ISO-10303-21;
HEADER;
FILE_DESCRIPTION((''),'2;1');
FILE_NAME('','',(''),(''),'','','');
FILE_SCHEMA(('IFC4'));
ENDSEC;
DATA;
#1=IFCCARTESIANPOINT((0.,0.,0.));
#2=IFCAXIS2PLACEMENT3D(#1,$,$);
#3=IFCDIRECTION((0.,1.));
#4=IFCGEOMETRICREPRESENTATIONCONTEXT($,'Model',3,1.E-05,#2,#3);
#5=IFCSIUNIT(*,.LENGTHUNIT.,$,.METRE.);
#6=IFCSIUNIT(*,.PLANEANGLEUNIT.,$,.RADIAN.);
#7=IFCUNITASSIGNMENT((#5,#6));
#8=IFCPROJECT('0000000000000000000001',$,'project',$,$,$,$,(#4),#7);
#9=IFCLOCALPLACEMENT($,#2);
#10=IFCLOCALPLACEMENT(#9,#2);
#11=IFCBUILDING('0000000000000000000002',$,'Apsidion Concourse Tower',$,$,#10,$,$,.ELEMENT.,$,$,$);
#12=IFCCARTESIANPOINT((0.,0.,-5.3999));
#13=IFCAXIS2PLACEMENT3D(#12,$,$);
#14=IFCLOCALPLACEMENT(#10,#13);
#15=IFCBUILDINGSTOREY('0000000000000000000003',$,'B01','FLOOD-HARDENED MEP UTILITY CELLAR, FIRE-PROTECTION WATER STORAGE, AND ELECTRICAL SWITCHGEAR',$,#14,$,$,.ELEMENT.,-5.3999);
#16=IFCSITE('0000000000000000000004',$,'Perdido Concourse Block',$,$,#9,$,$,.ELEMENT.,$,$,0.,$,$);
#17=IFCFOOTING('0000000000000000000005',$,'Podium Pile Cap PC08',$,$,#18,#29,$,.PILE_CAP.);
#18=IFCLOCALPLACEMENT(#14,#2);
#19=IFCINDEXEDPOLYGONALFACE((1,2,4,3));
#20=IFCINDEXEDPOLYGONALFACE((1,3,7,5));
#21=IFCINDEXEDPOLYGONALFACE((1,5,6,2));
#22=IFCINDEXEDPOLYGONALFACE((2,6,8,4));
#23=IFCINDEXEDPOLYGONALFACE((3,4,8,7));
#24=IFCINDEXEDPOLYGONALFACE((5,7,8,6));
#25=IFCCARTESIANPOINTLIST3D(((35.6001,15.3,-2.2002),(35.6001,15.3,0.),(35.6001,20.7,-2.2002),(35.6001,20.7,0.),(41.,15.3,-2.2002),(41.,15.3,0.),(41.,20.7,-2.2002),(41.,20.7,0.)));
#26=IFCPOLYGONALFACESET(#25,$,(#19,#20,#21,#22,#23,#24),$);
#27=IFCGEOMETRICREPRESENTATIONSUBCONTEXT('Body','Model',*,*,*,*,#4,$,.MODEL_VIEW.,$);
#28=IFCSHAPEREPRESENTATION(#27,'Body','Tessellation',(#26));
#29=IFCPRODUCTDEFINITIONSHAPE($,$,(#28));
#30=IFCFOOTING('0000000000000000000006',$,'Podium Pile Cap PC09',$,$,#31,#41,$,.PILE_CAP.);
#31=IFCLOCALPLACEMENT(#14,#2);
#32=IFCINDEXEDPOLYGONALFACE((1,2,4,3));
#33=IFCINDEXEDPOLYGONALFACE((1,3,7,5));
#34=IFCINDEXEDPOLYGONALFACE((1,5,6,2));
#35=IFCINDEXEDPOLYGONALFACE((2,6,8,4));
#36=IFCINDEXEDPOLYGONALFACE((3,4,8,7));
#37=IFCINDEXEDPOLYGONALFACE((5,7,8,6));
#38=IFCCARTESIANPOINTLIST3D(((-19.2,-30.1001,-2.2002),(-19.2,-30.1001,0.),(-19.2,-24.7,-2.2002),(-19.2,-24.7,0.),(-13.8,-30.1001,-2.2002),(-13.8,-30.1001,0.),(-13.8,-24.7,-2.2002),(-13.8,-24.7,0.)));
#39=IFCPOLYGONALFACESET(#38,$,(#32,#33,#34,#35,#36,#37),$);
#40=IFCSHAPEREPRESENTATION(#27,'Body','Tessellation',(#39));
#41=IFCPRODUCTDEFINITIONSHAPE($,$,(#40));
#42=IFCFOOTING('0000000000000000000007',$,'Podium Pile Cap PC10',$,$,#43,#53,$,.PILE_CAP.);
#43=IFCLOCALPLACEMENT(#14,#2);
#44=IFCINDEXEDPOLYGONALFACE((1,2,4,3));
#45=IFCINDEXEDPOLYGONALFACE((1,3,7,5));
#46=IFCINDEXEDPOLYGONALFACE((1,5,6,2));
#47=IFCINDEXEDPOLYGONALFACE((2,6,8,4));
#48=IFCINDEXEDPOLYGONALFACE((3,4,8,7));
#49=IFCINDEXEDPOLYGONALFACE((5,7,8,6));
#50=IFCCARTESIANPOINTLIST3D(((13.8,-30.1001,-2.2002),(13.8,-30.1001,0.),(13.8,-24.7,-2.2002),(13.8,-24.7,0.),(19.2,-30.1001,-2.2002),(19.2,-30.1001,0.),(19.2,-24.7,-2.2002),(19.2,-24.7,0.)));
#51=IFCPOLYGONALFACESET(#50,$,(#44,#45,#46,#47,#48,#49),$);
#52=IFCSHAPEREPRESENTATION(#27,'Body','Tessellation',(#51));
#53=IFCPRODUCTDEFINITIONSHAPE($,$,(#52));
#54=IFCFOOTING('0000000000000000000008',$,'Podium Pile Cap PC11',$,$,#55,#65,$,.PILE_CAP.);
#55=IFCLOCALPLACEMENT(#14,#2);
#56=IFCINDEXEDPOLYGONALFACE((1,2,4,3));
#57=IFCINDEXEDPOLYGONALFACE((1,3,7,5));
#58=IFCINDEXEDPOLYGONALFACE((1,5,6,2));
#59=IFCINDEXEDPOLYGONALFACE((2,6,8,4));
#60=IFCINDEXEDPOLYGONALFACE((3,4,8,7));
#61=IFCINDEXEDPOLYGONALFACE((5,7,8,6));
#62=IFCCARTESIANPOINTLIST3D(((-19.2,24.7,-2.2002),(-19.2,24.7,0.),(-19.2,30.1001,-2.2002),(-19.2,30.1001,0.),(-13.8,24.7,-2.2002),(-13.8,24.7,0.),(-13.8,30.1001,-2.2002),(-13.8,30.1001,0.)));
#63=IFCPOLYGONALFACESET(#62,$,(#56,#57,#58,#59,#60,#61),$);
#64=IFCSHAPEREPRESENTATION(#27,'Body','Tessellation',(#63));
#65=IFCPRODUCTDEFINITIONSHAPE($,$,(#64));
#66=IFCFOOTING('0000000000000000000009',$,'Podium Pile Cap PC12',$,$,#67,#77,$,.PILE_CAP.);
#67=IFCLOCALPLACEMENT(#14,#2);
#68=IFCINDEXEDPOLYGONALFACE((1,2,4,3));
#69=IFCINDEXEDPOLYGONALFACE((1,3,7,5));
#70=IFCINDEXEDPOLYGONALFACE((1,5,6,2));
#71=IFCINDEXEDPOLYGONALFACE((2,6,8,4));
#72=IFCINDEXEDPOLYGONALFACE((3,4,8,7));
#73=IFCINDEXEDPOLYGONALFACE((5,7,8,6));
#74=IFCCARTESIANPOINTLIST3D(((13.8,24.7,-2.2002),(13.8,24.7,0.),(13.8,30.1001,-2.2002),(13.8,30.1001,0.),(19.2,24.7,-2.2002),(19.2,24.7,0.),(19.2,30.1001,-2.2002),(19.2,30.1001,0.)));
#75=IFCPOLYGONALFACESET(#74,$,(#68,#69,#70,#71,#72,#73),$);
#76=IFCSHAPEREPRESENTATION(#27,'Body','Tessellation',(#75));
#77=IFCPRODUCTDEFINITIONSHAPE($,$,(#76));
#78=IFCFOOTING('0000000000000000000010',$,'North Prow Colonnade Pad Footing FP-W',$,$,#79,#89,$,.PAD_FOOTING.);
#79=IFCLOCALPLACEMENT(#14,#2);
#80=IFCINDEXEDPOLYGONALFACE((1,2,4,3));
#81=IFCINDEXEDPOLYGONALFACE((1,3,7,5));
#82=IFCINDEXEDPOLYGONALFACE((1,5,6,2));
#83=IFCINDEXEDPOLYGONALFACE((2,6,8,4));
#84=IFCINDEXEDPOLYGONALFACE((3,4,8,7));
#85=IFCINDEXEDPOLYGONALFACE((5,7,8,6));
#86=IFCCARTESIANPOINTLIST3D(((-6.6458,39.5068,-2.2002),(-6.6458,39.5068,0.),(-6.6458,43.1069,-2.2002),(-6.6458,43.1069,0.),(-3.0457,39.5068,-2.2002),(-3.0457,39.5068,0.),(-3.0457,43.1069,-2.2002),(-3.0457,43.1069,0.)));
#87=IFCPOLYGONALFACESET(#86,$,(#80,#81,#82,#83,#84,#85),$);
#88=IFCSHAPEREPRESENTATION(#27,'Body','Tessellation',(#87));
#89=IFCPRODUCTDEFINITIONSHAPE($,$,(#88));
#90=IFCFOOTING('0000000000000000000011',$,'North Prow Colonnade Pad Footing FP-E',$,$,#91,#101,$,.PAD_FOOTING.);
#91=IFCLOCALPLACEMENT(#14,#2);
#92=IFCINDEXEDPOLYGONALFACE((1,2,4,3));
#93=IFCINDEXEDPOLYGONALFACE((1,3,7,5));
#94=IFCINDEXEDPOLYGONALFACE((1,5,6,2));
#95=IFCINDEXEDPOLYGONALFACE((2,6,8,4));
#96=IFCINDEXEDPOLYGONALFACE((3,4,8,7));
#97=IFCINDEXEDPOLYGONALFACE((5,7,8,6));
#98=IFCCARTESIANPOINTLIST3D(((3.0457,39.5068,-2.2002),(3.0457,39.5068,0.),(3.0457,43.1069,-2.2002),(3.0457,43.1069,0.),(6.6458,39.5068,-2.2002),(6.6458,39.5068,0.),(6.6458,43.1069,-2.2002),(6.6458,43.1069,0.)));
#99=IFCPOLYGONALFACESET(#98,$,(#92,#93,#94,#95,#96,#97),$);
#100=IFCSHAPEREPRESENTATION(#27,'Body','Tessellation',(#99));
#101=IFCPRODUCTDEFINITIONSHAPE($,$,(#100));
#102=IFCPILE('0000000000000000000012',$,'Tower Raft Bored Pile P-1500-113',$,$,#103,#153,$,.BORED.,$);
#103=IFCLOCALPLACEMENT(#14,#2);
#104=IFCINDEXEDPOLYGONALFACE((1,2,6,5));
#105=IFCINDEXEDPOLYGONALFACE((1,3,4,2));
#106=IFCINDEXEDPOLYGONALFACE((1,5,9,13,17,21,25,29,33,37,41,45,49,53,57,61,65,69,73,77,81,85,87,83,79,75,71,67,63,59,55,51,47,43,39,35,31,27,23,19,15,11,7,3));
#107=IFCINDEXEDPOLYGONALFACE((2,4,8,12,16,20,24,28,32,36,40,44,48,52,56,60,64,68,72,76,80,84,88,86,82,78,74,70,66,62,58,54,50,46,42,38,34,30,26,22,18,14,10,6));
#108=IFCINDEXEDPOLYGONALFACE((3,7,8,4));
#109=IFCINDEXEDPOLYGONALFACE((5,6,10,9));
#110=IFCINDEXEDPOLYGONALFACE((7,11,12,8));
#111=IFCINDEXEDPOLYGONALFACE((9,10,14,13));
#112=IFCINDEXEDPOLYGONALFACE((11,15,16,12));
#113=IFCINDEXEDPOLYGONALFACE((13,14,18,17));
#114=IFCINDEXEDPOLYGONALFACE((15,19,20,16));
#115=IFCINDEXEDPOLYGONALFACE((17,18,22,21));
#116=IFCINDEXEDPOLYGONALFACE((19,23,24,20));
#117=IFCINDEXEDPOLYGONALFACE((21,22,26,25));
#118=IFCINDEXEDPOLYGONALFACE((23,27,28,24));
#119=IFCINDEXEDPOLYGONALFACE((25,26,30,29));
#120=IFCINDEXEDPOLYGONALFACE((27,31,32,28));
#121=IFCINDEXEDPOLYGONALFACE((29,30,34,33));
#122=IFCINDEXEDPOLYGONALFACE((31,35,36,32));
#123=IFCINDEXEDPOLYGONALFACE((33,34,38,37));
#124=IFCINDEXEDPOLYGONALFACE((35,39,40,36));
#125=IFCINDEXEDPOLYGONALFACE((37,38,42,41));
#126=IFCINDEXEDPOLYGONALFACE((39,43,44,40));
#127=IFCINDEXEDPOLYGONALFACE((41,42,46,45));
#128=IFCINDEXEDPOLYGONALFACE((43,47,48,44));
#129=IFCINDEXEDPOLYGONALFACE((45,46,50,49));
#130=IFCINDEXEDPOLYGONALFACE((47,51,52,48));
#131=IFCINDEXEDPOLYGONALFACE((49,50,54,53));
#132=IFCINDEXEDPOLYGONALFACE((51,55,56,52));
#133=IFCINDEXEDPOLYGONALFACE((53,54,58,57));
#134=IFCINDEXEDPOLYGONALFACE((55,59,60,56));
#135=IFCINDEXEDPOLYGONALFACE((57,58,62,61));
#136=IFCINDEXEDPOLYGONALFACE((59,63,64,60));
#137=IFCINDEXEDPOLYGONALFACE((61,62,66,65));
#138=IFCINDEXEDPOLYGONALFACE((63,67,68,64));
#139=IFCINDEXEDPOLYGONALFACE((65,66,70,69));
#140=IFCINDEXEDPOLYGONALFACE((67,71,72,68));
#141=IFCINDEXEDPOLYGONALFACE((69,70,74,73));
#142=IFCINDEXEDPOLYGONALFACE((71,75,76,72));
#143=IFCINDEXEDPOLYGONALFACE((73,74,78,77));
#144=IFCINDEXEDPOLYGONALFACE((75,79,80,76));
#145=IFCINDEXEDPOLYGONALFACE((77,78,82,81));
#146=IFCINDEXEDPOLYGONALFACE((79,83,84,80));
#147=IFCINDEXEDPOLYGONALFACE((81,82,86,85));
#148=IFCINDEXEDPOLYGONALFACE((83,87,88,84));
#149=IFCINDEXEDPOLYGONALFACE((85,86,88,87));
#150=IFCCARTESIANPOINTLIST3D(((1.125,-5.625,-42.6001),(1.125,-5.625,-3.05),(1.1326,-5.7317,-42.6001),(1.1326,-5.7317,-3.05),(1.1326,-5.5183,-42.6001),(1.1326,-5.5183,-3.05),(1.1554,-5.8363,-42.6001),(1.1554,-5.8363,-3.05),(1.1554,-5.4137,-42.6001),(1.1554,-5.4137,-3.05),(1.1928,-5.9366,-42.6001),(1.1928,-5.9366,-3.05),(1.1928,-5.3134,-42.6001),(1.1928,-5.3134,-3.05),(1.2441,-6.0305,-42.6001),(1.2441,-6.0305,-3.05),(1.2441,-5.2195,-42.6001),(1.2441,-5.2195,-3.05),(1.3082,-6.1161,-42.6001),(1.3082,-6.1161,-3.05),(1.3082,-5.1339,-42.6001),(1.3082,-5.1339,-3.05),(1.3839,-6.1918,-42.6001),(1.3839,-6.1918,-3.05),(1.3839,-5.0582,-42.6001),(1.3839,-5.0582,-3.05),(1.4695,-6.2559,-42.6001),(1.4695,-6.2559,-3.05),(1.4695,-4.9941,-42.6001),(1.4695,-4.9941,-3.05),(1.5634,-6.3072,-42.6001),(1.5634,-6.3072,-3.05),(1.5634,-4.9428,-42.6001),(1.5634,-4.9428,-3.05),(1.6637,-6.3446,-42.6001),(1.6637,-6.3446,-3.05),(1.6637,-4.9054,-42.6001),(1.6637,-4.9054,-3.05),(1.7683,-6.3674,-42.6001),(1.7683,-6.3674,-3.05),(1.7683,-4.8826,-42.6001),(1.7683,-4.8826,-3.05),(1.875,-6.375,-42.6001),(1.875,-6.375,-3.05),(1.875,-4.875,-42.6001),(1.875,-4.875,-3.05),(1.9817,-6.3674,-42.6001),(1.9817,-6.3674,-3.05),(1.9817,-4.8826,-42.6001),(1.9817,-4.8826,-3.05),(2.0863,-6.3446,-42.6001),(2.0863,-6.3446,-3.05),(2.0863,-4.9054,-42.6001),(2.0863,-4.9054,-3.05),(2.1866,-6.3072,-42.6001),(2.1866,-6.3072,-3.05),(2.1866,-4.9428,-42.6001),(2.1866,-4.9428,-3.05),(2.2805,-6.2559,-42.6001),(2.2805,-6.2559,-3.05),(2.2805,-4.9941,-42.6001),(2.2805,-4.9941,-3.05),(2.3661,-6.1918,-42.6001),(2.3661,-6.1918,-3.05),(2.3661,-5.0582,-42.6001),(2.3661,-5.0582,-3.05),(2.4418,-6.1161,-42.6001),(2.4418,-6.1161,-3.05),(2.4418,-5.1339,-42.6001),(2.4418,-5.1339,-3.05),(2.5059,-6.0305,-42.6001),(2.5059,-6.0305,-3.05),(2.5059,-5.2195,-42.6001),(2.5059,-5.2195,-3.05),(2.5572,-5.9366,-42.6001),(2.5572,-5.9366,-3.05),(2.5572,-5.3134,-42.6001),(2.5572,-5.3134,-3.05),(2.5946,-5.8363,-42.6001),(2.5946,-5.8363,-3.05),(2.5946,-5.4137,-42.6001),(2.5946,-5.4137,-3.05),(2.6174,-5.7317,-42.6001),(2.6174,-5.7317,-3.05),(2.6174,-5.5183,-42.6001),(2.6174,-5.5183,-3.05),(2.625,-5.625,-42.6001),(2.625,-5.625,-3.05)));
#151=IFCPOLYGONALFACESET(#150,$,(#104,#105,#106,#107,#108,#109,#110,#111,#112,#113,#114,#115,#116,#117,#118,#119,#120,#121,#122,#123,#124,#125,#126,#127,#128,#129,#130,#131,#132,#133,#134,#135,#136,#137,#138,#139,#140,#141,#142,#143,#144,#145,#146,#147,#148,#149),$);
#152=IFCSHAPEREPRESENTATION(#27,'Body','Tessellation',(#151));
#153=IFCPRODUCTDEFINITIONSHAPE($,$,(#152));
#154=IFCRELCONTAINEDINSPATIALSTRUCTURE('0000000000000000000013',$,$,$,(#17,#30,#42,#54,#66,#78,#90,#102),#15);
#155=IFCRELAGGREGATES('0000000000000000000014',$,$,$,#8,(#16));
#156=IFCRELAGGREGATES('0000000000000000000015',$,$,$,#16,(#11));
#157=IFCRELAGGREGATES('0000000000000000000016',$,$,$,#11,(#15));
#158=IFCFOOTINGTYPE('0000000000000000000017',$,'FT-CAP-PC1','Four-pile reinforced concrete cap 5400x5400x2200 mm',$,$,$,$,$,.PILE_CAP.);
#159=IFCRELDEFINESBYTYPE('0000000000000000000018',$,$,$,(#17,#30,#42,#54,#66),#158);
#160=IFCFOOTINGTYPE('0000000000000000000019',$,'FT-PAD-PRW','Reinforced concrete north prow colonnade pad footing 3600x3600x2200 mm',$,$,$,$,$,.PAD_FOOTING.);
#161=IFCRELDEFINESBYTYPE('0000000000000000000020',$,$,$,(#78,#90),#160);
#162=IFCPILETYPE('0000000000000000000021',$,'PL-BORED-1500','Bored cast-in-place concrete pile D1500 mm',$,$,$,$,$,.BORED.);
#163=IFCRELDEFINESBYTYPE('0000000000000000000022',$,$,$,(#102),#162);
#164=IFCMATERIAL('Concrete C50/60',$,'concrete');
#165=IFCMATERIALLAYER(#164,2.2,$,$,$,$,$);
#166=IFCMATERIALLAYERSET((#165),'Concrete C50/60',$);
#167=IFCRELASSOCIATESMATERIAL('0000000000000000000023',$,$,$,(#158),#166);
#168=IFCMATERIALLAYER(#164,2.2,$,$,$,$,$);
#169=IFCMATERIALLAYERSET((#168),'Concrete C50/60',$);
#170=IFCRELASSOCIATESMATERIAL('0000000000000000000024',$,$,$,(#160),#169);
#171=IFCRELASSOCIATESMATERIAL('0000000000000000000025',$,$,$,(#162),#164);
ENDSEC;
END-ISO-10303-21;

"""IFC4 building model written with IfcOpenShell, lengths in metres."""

from ifc_helpers import new_model, si_unit, direction, frame, origin, origin_2d, place, context, subcontext, project, spatial, polyline, circle, outline, extrude, material, layer, layer_set, material_profile, profile_set, type_object, element, save


model = new_model("IFC4")

# Units and contexts
model_context = context("Model", 3, precision=1e-05, world=origin(), true_north=direction((0.0, 1.0)))
body_context = subcontext(model_context, "Body", "Model", "MODEL_VIEW")
ifc_project = project(units=[si_unit("LENGTHUNIT", "METRE"), si_unit("PLANEANGLEUNIT", "RADIAN")], contexts=[model_context])

# Site, building, storey
site_placement = place(None, origin())
site = spatial("IfcSite", under=ifc_project, at=site_placement, Name="Perdido Concourse Block", CompositionType="ELEMENT", RefElevation=0.0)
building_placement = place(site_placement, origin())
building = spatial("IfcBuilding", under=site, at=building_placement, Name="Apsidion Concourse Tower", CompositionType="ELEMENT")
storey_placement = place(building_placement, frame((0.0, 0.0, -5.3999)))
storey = spatial("IfcBuildingStorey", under=building, at=storey_placement, Name="B01", Description="FLOOD-HARDENED MEP UTILITY CELLAR, FIRE-PROTECTION WATER STORAGE, AND ELECTRICAL SWITCHGEAR", CompositionType="ELEMENT", Elevation=-5.3999)

# Footings
ifc_material_1 = material(Name="Concrete C50/60", Category="concrete")
ifc_layer_1 = layer(ifc_material_1, 2.2)
ifc_layer_set_1 = layer_set([ifc_layer_1], Name="Concrete C50/60")
footing_type_1 = type_object("IfcFootingType", Name="FT-CAP-PC1", Description="Four-pile reinforced concrete cap 5400x5400x2200 mm", PredefinedType="PILE_CAP", material=ifc_layer_set_1)
footing_1_placement = place(storey_placement, frame((0.0, 0.0, -2.2002)))
element("IfcFooting", 1, at=footing_1_placement, inside=storey, type_object=footing_type_1, Name="Podium Pile Cap PC08", PredefinedType="PILE_CAP", context=body_context, shape_type="SweptSolid", body=[
    extrude(outline(polyline([(35.6001, 15.3), (41.0, 15.3), (41.0, 20.7), (35.6001, 20.7), (35.6001, 15.3)])), origin(), (0.0, 0.0, 1.0), 2.2002),
])
footing_2_placement = place(storey_placement, frame((0.0, 0.0, -2.2002)))
element("IfcFooting", 2, at=footing_2_placement, inside=storey, type_object=footing_type_1, Name="Podium Pile Cap PC09", PredefinedType="PILE_CAP", context=body_context, shape_type="SweptSolid", body=[
    extrude(outline(polyline([(-19.2, -30.1001), (-13.8, -30.1001), (-13.8, -24.7), (-19.2, -24.7), (-19.2, -30.1001)])), origin(), (0.0, 0.0, 1.0), 2.2002),
])
footing_3_placement = place(storey_placement, frame((0.0, 0.0, -2.2002)))
element("IfcFooting", 3, at=footing_3_placement, inside=storey, type_object=footing_type_1, Name="Podium Pile Cap PC10", PredefinedType="PILE_CAP", context=body_context, shape_type="SweptSolid", body=[
    extrude(outline(polyline([(13.8, -30.1001), (19.2, -30.1001), (19.2, -24.7), (13.8, -24.7), (13.8, -30.1001)])), origin(), (0.0, 0.0, 1.0), 2.2002),
])
footing_4_placement = place(storey_placement, frame((0.0, 0.0, -2.2002)))
element("IfcFooting", 4, at=footing_4_placement, inside=storey, type_object=footing_type_1, Name="Podium Pile Cap PC11", PredefinedType="PILE_CAP", context=body_context, shape_type="SweptSolid", body=[
    extrude(outline(polyline([(-19.2, 24.7), (-13.8, 24.7), (-13.8, 30.1001), (-19.2, 30.1001), (-19.2, 24.7)])), origin(), (0.0, 0.0, 1.0), 2.2002),
])
footing_5_placement = place(storey_placement, frame((0.0, 0.0, -2.2002)))
element("IfcFooting", 5, at=footing_5_placement, inside=storey, type_object=footing_type_1, Name="Podium Pile Cap PC12", PredefinedType="PILE_CAP", context=body_context, shape_type="SweptSolid", body=[
    extrude(outline(polyline([(13.8, 24.7), (19.2, 24.7), (19.2, 30.1001), (13.8, 30.1001), (13.8, 24.7)])), origin(), (0.0, 0.0, 1.0), 2.2002),
])
ifc_layer_2 = layer(ifc_material_1, 2.2)
ifc_layer_set_2 = layer_set([ifc_layer_2], Name="Concrete C50/60")
footing_type_2 = type_object("IfcFootingType", Name="FT-PAD-PRW", Description="Reinforced concrete north prow colonnade pad footing 3600x3600x2200 mm", PredefinedType="PAD_FOOTING", material=ifc_layer_set_2)
footing_6_placement = place(storey_placement, frame((0.0, 0.0, -2.2002)))
element("IfcFooting", 6, at=footing_6_placement, inside=storey, type_object=footing_type_2, Name="North Prow Colonnade Pad Footing FP-W", PredefinedType="PAD_FOOTING", context=body_context, shape_type="SweptSolid", body=[
    extrude(outline(polyline([(-6.6458, 39.5068), (-3.0457, 39.5068), (-3.0457, 43.1069), (-6.6458, 43.1069), (-6.6458, 39.5068)])), origin(), (0.0, 0.0, 1.0), 2.2002),
])
footing_7_placement = place(storey_placement, frame((0.0, 0.0, -2.2002)))
element("IfcFooting", 7, at=footing_7_placement, inside=storey, type_object=footing_type_2, Name="North Prow Colonnade Pad Footing FP-E", PredefinedType="PAD_FOOTING", context=body_context, shape_type="SweptSolid", body=[
    extrude(outline(polyline([(3.0457, 39.5068), (6.6458, 39.5068), (6.6458, 43.1069), (3.0457, 43.1069), (3.0457, 39.5068)])), origin(), (0.0, 0.0, 1.0), 2.2002),
])

# Pile
ifc_material_profile_1 = material_profile(ifc_material_1, circle(Radius=0.75, at=origin_2d()), Name="BORED PILE D1500")
ifc_profile_set_1 = profile_set([ifc_material_profile_1], Name="Concrete C50/60")
pile_type = type_object("IfcPileType", Name="PL-BORED-1500", Description="Bored cast-in-place concrete pile D1500 mm", PredefinedType="BORED", material=ifc_profile_set_1)
for number, where, z_axis, x_axis, name in (
    (8, (1.875, -5.625, -3.05), (0.0, 0.0, -1.0), (1.0, 0.0, 0.0), "Tower Raft Bored Pile P-1500-113"),
):
    element("IfcPile", number, at=place(storey_placement, frame(where, z_axis=z_axis, x_axis=x_axis)), inside=storey, type_object=pile_type, Name=name, PredefinedType="BORED", context=body_context, shape_type="SweptSolid", body=[
        extrude(circle(Radius=0.75, at=origin_2d()), origin(), (0.0, 0.0, 1.0), 39.55),
    ])

save(model, "model.ifc")
